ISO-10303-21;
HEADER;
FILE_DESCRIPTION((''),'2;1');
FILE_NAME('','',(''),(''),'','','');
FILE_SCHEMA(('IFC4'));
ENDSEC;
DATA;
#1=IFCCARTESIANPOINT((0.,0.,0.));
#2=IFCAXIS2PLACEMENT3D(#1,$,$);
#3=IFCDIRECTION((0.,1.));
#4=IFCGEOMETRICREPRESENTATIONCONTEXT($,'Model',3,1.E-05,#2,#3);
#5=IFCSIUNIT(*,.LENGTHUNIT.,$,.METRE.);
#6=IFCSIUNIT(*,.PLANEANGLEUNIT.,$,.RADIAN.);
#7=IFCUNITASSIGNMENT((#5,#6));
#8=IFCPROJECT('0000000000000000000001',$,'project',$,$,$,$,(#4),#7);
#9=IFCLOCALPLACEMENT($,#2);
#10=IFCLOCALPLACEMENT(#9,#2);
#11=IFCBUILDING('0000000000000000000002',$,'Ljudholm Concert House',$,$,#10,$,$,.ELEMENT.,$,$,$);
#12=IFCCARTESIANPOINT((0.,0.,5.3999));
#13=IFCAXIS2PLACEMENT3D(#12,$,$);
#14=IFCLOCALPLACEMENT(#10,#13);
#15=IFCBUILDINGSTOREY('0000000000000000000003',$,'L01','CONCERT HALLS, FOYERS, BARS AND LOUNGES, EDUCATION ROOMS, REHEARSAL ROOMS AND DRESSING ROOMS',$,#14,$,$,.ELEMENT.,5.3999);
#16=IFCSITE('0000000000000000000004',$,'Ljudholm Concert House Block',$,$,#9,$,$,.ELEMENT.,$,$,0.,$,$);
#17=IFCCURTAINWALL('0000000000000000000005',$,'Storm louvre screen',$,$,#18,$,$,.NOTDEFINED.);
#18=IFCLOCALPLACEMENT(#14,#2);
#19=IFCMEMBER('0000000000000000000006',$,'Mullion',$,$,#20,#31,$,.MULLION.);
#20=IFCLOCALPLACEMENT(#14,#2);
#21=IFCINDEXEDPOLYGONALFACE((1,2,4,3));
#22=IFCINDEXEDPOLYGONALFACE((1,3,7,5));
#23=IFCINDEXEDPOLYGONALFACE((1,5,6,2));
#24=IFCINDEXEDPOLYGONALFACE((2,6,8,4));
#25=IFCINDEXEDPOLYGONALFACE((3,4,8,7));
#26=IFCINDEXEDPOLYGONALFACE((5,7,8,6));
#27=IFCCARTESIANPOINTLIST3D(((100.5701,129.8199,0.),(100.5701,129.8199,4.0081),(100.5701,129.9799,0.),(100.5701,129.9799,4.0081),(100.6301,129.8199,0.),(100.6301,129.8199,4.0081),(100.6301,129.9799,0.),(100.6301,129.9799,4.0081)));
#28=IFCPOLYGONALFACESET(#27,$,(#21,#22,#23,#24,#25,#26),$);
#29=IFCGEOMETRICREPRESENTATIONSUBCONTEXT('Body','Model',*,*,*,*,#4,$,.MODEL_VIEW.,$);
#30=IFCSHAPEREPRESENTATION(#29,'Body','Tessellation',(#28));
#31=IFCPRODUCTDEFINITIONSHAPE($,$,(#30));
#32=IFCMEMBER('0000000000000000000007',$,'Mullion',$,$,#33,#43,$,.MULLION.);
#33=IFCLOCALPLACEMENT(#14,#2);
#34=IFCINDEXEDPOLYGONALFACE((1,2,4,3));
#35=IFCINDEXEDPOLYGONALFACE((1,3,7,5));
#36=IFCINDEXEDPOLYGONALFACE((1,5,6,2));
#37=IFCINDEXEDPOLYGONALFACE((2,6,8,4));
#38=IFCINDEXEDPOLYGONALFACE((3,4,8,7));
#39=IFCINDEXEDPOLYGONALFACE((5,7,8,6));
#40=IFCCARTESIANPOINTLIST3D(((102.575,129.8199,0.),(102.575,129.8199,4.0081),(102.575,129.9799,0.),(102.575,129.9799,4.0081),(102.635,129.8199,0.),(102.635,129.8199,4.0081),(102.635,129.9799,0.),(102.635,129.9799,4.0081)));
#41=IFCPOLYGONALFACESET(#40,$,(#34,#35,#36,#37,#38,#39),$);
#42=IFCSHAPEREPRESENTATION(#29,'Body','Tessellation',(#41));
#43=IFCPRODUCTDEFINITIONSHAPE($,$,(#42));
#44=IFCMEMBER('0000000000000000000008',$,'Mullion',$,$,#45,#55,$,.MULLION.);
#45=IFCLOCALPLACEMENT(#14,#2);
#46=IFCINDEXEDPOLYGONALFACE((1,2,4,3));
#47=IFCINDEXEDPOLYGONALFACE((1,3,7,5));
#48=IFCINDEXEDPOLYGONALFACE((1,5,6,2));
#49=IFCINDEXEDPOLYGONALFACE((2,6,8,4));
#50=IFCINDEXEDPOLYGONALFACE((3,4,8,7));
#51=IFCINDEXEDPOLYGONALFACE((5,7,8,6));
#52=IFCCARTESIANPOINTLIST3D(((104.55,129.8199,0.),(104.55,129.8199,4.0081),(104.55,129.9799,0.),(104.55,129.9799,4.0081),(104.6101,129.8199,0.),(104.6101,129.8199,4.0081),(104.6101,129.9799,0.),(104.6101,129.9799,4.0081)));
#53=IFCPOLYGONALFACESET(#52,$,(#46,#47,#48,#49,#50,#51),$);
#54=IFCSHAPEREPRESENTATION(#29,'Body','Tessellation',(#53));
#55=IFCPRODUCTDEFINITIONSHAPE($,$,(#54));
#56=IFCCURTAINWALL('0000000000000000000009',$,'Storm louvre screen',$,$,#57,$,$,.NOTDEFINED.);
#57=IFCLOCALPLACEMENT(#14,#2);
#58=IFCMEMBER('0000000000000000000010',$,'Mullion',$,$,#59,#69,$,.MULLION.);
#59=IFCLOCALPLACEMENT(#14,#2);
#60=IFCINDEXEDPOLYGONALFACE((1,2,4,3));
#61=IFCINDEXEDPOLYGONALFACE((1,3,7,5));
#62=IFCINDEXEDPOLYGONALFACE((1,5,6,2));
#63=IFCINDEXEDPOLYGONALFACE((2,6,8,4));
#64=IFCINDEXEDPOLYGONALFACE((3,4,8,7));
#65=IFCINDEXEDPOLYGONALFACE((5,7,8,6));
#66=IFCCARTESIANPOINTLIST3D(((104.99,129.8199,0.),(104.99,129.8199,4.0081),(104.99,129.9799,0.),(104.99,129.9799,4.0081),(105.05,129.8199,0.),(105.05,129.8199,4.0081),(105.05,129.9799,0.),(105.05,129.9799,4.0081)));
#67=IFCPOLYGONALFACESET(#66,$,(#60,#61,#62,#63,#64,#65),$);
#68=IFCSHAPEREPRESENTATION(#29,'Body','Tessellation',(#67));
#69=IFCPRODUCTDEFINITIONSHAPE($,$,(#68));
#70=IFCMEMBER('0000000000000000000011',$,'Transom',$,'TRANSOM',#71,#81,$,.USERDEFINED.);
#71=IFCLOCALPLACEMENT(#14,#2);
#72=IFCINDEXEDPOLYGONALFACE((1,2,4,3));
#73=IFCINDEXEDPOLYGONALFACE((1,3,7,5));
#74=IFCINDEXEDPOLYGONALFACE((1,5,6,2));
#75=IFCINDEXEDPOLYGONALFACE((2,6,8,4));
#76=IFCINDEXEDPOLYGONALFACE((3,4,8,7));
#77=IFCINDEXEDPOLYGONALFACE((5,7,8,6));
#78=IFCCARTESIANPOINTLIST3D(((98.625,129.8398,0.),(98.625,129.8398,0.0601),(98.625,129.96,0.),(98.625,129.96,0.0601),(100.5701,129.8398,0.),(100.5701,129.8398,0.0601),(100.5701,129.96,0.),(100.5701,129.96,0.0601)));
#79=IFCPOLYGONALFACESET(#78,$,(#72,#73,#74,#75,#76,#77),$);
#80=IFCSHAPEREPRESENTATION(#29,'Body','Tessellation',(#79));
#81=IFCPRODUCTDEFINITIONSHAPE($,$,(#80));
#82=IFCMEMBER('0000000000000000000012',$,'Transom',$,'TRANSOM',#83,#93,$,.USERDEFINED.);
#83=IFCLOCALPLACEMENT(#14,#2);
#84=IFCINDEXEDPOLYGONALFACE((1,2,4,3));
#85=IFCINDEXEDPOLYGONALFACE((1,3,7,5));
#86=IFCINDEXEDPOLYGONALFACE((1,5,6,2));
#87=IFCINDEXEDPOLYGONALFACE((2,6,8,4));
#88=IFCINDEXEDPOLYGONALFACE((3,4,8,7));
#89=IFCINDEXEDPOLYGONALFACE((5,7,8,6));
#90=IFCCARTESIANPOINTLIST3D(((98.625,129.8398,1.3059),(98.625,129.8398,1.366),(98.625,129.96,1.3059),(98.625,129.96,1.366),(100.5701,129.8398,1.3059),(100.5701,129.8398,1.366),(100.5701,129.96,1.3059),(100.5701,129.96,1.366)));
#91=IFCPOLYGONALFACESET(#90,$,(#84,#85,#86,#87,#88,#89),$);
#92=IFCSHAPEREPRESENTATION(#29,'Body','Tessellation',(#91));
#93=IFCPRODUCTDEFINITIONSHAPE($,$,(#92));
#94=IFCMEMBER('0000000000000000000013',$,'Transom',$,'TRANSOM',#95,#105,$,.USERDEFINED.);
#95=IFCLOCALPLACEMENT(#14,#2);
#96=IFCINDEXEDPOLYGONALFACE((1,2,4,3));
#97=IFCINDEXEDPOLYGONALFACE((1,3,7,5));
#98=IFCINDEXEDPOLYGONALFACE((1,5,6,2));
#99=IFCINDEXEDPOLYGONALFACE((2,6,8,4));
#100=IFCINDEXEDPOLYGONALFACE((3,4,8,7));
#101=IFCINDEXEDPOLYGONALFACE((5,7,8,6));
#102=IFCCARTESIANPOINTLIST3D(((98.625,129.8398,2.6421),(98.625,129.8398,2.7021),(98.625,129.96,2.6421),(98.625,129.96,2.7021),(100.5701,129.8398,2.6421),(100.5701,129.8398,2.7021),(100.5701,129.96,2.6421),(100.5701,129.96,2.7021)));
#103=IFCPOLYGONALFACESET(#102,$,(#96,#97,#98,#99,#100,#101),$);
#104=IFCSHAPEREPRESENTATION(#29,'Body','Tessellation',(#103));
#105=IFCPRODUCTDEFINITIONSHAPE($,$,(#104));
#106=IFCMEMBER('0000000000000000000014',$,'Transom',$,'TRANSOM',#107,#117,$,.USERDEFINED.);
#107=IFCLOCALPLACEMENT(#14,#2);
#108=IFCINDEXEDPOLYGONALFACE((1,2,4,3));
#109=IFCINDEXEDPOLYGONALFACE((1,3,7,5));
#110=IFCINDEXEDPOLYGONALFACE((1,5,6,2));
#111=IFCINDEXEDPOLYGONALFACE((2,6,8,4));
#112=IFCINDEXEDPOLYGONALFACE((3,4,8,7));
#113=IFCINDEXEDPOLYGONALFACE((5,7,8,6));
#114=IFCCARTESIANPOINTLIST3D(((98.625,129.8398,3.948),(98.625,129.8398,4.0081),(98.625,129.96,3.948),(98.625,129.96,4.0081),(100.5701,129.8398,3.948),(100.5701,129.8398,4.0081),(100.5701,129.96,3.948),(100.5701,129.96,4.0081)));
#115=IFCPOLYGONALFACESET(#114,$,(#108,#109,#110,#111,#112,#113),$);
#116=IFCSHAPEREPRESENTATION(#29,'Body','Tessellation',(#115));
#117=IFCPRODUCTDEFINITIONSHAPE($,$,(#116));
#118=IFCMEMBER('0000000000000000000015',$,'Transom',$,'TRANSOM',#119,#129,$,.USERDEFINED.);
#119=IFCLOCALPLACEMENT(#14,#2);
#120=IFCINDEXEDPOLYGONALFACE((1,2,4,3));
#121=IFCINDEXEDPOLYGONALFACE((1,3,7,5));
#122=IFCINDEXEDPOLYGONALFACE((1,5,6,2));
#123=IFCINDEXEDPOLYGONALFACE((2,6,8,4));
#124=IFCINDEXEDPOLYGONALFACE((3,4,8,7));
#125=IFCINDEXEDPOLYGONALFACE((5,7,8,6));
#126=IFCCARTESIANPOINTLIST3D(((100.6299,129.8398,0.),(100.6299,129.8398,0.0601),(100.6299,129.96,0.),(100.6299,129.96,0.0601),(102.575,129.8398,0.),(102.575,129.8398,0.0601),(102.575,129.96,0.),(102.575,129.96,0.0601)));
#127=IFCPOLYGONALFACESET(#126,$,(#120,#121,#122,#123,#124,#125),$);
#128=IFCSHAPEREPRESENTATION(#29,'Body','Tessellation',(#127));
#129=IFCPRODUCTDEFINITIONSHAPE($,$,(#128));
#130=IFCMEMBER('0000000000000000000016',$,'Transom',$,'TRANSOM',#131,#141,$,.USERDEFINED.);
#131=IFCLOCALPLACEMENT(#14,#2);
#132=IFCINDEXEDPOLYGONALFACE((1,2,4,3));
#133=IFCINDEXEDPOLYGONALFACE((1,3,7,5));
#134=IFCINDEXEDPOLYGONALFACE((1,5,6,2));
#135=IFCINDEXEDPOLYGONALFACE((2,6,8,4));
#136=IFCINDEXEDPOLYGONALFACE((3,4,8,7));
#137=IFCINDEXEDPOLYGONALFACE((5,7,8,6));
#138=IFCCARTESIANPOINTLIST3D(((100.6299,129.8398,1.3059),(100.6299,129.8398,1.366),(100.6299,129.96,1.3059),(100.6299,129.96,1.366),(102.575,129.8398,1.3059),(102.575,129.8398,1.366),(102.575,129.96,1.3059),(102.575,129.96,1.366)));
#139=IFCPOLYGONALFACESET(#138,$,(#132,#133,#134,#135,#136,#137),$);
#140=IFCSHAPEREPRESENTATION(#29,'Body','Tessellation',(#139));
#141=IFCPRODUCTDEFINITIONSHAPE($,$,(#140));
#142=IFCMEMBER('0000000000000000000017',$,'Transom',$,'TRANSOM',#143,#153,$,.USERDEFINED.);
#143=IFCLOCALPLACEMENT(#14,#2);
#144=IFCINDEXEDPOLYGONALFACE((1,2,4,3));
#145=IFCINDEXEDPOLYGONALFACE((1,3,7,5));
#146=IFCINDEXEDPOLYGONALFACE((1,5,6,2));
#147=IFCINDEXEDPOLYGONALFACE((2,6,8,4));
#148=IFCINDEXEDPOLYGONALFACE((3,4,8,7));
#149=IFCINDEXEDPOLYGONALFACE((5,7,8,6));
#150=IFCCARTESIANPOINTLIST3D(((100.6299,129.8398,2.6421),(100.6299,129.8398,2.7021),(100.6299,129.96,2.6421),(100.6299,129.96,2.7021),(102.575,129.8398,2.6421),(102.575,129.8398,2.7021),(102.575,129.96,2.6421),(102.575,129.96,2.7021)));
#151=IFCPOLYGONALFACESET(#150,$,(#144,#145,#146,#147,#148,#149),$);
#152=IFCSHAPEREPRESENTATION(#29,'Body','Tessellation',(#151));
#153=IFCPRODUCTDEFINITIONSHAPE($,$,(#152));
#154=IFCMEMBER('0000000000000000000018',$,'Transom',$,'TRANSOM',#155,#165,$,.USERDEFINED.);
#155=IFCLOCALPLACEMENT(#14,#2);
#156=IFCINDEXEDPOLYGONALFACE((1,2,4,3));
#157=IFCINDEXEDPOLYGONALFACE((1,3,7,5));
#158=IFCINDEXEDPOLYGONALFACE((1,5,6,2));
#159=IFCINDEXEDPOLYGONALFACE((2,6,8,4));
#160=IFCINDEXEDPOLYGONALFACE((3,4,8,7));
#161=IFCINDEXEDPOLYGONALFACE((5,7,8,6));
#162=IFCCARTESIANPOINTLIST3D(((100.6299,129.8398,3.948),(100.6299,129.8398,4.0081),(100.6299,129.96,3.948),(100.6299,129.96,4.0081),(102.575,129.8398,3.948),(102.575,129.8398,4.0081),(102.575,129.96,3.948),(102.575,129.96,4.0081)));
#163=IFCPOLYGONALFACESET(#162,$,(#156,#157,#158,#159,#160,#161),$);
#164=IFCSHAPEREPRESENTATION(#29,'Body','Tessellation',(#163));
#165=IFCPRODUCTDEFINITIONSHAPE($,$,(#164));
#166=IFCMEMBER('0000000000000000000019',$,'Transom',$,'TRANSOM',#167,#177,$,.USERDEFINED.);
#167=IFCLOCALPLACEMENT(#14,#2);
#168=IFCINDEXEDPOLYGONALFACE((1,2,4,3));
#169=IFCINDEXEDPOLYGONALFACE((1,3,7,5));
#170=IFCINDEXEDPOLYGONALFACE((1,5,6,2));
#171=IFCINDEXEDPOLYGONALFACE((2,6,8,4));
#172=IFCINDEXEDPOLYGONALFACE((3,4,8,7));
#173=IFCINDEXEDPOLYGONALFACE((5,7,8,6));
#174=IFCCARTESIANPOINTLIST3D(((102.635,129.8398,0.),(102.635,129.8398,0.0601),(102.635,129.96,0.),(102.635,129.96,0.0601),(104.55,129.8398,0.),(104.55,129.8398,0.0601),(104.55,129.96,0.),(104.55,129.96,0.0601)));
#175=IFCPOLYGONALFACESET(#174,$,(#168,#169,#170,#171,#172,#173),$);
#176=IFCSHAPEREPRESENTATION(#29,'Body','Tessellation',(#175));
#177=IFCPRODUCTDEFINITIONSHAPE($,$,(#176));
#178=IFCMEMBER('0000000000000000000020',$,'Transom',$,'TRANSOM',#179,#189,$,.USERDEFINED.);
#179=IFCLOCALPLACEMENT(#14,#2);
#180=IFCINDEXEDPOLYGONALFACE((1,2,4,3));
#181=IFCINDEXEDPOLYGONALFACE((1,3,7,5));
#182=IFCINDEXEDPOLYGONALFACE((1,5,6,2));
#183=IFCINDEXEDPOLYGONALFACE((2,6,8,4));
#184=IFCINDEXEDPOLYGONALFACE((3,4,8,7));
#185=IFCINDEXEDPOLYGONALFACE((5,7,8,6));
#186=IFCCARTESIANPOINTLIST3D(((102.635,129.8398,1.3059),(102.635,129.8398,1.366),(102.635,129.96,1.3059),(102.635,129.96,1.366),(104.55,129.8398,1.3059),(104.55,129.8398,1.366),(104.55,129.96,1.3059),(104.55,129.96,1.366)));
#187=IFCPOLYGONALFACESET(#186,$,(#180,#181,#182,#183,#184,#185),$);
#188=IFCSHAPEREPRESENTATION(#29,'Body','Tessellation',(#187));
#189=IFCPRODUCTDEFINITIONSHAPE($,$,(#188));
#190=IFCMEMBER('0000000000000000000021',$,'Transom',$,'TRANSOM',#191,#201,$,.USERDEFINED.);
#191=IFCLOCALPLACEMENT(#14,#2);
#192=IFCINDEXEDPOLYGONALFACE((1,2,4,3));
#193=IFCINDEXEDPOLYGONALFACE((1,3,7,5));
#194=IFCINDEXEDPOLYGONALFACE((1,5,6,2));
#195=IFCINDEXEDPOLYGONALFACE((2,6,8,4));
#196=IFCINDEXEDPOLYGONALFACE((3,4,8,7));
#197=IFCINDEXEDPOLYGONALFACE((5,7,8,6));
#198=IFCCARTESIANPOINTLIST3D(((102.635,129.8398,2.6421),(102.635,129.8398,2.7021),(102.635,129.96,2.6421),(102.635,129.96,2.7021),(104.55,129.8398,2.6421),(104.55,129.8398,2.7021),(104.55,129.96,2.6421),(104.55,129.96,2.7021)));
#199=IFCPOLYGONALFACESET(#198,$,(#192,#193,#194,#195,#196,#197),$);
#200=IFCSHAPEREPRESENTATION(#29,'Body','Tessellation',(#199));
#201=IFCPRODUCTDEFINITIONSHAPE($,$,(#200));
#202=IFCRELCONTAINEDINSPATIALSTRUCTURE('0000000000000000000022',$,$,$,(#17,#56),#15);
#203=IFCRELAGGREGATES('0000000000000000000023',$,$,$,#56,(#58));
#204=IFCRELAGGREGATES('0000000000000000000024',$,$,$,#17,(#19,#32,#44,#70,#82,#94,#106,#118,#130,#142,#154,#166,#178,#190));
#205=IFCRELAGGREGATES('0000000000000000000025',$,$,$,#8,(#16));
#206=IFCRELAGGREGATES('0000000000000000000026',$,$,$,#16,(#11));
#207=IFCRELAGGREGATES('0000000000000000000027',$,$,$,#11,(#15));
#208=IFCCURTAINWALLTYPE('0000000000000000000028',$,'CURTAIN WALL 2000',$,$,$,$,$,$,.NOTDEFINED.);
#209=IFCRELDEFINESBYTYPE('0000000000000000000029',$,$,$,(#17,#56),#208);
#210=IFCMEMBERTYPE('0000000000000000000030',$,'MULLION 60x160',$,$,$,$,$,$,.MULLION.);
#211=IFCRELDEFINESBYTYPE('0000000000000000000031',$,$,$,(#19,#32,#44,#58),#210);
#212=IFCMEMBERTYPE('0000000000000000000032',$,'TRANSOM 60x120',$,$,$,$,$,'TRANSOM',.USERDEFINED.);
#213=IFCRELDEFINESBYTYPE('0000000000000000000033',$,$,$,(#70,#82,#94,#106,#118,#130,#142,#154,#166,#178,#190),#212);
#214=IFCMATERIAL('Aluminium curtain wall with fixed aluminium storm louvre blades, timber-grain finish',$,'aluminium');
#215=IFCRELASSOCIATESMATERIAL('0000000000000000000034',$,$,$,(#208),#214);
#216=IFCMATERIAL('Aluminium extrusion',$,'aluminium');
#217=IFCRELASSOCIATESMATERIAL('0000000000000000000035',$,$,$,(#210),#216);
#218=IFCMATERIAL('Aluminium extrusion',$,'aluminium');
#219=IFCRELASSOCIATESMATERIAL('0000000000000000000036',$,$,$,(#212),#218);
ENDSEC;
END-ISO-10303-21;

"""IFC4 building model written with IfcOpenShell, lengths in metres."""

from ifc_helpers import new_model, si_unit, direction, frame, origin, origin_2d, place, context, subcontext, project, spatial, rectangle, extrude, material, material_profile, profile_set, type_object, element, aggregate, save


model = new_model("IFC4")

# Units and contexts
model_context = context("Model", 3, precision=1e-05, world=origin(), true_north=direction((0.0, 1.0)))
body_context = subcontext(model_context, "Body", "Model", "MODEL_VIEW")
ifc_project = project(units=[si_unit("LENGTHUNIT", "METRE"), si_unit("PLANEANGLEUNIT", "RADIAN")], contexts=[model_context])

# Site, building, storey
site_placement = place(None, origin())
site = spatial("IfcSite", under=ifc_project, at=site_placement, Name="Ljudholm Concert House Block", CompositionType="ELEMENT", RefElevation=0.0)
building_placement = place(site_placement, origin())
building = spatial("IfcBuilding", under=site, at=building_placement, Name="Ljudholm Concert House", CompositionType="ELEMENT")
storey_placement = place(building_placement, frame((0.0, 0.0, 5.3999)))
storey = spatial("IfcBuildingStorey", under=building, at=storey_placement, Name="L01", Description="CONCERT HALLS, FOYERS, BARS AND LOUNGES, EDUCATION ROOMS, REHEARSAL ROOMS AND DRESSING ROOMS", CompositionType="ELEMENT", Elevation=5.3999)

# Curtain wall, members
ifc_material_1 = material(Name="Aluminium curtain wall with fixed aluminium storm louvre blades, timber-grain finish", Category="aluminium")
curtain_wall_type = type_object("IfcCurtainWallType", Name="CURTAIN WALL 2000", PredefinedType="NOTDEFINED", material=ifc_material_1)
curtain_wall_1_placement = place(storey_placement, origin())
curtain_wall_1 = element("IfcCurtainWall", 1, at=curtain_wall_1_placement, inside=storey, type_object=curtain_wall_type, Name="Storm louvre screen", PredefinedType="NOTDEFINED")
ifc_material_2 = material(Name="Aluminium extrusion", Category="aluminium")
ifc_material_profile_1 = material_profile(ifc_material_2, rectangle(XDim=0.1599, YDim=0.0601, at=origin_2d()), Name="MULLION 60x160")
ifc_profile_set_1 = profile_set([ifc_material_profile_1], Name="Aluminium extrusion")
member_type_1 = type_object("IfcMemberType", Name="MULLION 60x160", PredefinedType="MULLION", material=ifc_profile_set_1)
member_1_placement = place(storey_placement, frame((100.6001, 129.8999, 0.0), z_axis=(0.0, 0.0, 1.0), x_axis=(0.0, 1.0, 0.0)))
member_1 = element("IfcMember", 2, at=member_1_placement, type_object=member_type_1, Name="Mullion", PredefinedType="MULLION", context=body_context, shape_type="SweptSolid", body=[
    extrude(rectangle(XDim=0.1599, YDim=0.0601, at=origin_2d()), origin(), (0.0, 0.0, 1.0), 4.0081),
])
member_2_placement = place(storey_placement, frame((102.605, 129.8999, 0.0), z_axis=(0.0, 0.0, 1.0), x_axis=(0.0, 1.0, 0.0)))
member_2 = element("IfcMember", 3, at=member_2_placement, type_object=member_type_1, Name="Mullion", PredefinedType="MULLION", context=body_context, shape_type="SweptSolid", body=[
    extrude(rectangle(XDim=0.1599, YDim=0.0601, at=origin_2d()), origin(), (0.0, 0.0, 1.0), 4.0081),
])
member_3_placement = place(storey_placement, frame((104.5801, 129.8999, 0.0), z_axis=(0.0, 0.0, 1.0), x_axis=(0.0, 1.0, 0.0)))
member_3 = element("IfcMember", 4, at=member_3_placement, type_object=member_type_1, Name="Mullion", PredefinedType="MULLION", context=body_context, shape_type="SweptSolid", body=[
    extrude(rectangle(XDim=0.1599, YDim=0.0601, at=origin_2d()), origin(), (0.0, 0.0, 1.0), 4.0081),
])

# Curtain wall, member
curtain_wall_2_placement = place(storey_placement, origin())
curtain_wall_2 = element("IfcCurtainWall", 5, at=curtain_wall_2_placement, inside=storey, type_object=curtain_wall_type, Name="Storm louvre screen", PredefinedType="NOTDEFINED")
member_4_placement = place(storey_placement, frame((105.02, 129.8999, 0.0), z_axis=(0.0, 0.0, 1.0), x_axis=(0.0, 1.0, 0.0)))
member_4 = element("IfcMember", 6, at=member_4_placement, type_object=member_type_1, Name="Mullion", PredefinedType="MULLION", context=body_context, shape_type="SweptSolid", body=[
    extrude(rectangle(XDim=0.1599, YDim=0.0601, at=origin_2d()), origin(), (0.0, 0.0, 1.0), 4.0081),
])

# Members
ifc_material_3 = material(Name="Aluminium extrusion", Category="aluminium")
ifc_material_profile_2 = material_profile(ifc_material_3, rectangle(XDim=0.1201, YDim=0.0601, at=origin_2d()), Name="TRANSOM 60x120")
ifc_profile_set_2 = profile_set([ifc_material_profile_2], Name="Aluminium extrusion")
member_type_2 = type_object("IfcMemberType", Name="TRANSOM 60x120", ElementType="TRANSOM", PredefinedType="USERDEFINED", material=ifc_profile_set_2)
member_5_placement = place(storey_placement, frame((98.625, 129.8999, 0.03), z_axis=(1.0, 0.0, 0.0), x_axis=(0.0, 1.0, 0.0)))
member_5 = element("IfcMember", 7, at=member_5_placement, type_object=member_type_2, Name="Transom", ObjectType="TRANSOM", PredefinedType="USERDEFINED", context=body_context, shape_type="SweptSolid", body=[
    extrude(rectangle(XDim=0.1201, YDim=0.0601, at=origin_2d()), origin(), (0.0, 0.0, 1.0), 1.9451),
])
member_6_placement = place(storey_placement, frame((98.625, 129.8999, 1.3359), z_axis=(1.0, 0.0, 0.0), x_axis=(0.0, 1.0, 0.0)))
member_6 = element("IfcMember", 8, at=member_6_placement, type_object=member_type_2, Name="Transom", ObjectType="TRANSOM", PredefinedType="USERDEFINED", context=body_context, shape_type="SweptSolid", body=[
    extrude(rectangle(XDim=0.1201, YDim=0.0601, at=origin_2d()), origin(), (0.0, 0.0, 1.0), 1.9451),
])
member_7_placement = place(storey_placement, frame((98.625, 129.8999, 2.6721), z_axis=(1.0, 0.0, 0.0), x_axis=(0.0, 1.0, 0.0)))
member_7 = element("IfcMember", 9, at=member_7_placement, type_object=member_type_2, Name="Transom", ObjectType="TRANSOM", PredefinedType="USERDEFINED", context=body_context, shape_type="SweptSolid", body=[
    extrude(rectangle(XDim=0.1201, YDim=0.0601, at=origin_2d()), origin(), (0.0, 0.0, 1.0), 1.9451),
])
member_8_placement = place(storey_placement, frame((98.625, 129.8999, 3.978), z_axis=(1.0, 0.0, 0.0), x_axis=(0.0, 1.0, 0.0)))
member_8 = element("IfcMember", 10, at=member_8_placement, type_object=member_type_2, Name="Transom", ObjectType="TRANSOM", PredefinedType="USERDEFINED", context=body_context, shape_type="SweptSolid", body=[
    extrude(rectangle(XDim=0.1201, YDim=0.0601, at=origin_2d()), origin(), (0.0, 0.0, 1.0), 1.9451),
])
member_9_placement = place(storey_placement, frame((100.6299, 129.8999, 0.03), z_axis=(1.0, 0.0, 0.0), x_axis=(0.0, 1.0, 0.0)))
member_9 = element("IfcMember", 11, at=member_9_placement, type_object=member_type_2, Name="Transom", ObjectType="TRANSOM", PredefinedType="USERDEFINED", context=body_context, shape_type="SweptSolid", body=[
    extrude(rectangle(XDim=0.1201, YDim=0.0601, at=origin_2d()), origin(), (0.0, 0.0, 1.0), 1.9451),
])
member_10_placement = place(storey_placement, frame((100.6299, 129.8999, 1.3359), z_axis=(1.0, 0.0, 0.0), x_axis=(0.0, 1.0, 0.0)))
member_10 = element("IfcMember", 12, at=member_10_placement, type_object=member_type_2, Name="Transom", ObjectType="TRANSOM", PredefinedType="USERDEFINED", context=body_context, shape_type="SweptSolid", body=[
    extrude(rectangle(XDim=0.1201, YDim=0.0601, at=origin_2d()), origin(), (0.0, 0.0, 1.0), 1.9451),
])
member_11_placement = place(storey_placement, frame((100.6299, 129.8999, 2.6721), z_axis=(1.0, 0.0, 0.0), x_axis=(0.0, 1.0, 0.0)))
member_11 = element("IfcMember", 13, at=member_11_placement, type_object=member_type_2, Name="Transom", ObjectType="TRANSOM", PredefinedType="USERDEFINED", context=body_context, shape_type="SweptSolid", body=[
    extrude(rectangle(XDim=0.1201, YDim=0.0601, at=origin_2d()), origin(), (0.0, 0.0, 1.0), 1.9451),
])
member_12_placement = place(storey_placement, frame((100.6299, 129.8999, 3.978), z_axis=(1.0, 0.0, 0.0), x_axis=(0.0, 1.0, 0.0)))
member_12 = element("IfcMember", 14, at=member_12_placement, type_object=member_type_2, Name="Transom", ObjectType="TRANSOM", PredefinedType="USERDEFINED", context=body_context, shape_type="SweptSolid", body=[
    extrude(rectangle(XDim=0.1201, YDim=0.0601, at=origin_2d()), origin(), (0.0, 0.0, 1.0), 1.9451),
])
member_13_placement = place(storey_placement, frame((102.635, 129.8999, 0.03), z_axis=(1.0, 0.0, 0.0), x_axis=(0.0, 1.0, 0.0)))
member_13 = element("IfcMember", 15, at=member_13_placement, type_object=member_type_2, Name="Transom", ObjectType="TRANSOM", PredefinedType="USERDEFINED", context=body_context, shape_type="SweptSolid", body=[
    extrude(rectangle(XDim=0.1201, YDim=0.0601, at=origin_2d()), origin(), (0.0, 0.0, 1.0), 1.915),
])
member_14_placement = place(storey_placement, frame((102.635, 129.8999, 1.3359), z_axis=(1.0, 0.0, 0.0), x_axis=(0.0, 1.0, 0.0)))
member_14 = element("IfcMember", 16, at=member_14_placement, type_object=member_type_2, Name="Transom", ObjectType="TRANSOM", PredefinedType="USERDEFINED", context=body_context, shape_type="SweptSolid", body=[
    extrude(rectangle(XDim=0.1201, YDim=0.0601, at=origin_2d()), origin(), (0.0, 0.0, 1.0), 1.915),
])
member_15_placement = place(storey_placement, frame((102.635, 129.8999, 2.6721), z_axis=(1.0, 0.0, 0.0), x_axis=(0.0, 1.0, 0.0)))
member_15 = element("IfcMember", 17, at=member_15_placement, type_object=member_type_2, Name="Transom", ObjectType="TRANSOM", PredefinedType="USERDEFINED", context=body_context, shape_type="SweptSolid", body=[
    extrude(rectangle(XDim=0.1201, YDim=0.0601, at=origin_2d()), origin(), (0.0, 0.0, 1.0), 1.915),
])
aggregate(curtain_wall_2, [member_4])

aggregate(curtain_wall_1, [member_1, member_2, member_3, member_5, member_6, member_7, member_8, member_9, member_10, member_11, member_12, member_13, member_14, member_15])

save(model, "model.ifc")
